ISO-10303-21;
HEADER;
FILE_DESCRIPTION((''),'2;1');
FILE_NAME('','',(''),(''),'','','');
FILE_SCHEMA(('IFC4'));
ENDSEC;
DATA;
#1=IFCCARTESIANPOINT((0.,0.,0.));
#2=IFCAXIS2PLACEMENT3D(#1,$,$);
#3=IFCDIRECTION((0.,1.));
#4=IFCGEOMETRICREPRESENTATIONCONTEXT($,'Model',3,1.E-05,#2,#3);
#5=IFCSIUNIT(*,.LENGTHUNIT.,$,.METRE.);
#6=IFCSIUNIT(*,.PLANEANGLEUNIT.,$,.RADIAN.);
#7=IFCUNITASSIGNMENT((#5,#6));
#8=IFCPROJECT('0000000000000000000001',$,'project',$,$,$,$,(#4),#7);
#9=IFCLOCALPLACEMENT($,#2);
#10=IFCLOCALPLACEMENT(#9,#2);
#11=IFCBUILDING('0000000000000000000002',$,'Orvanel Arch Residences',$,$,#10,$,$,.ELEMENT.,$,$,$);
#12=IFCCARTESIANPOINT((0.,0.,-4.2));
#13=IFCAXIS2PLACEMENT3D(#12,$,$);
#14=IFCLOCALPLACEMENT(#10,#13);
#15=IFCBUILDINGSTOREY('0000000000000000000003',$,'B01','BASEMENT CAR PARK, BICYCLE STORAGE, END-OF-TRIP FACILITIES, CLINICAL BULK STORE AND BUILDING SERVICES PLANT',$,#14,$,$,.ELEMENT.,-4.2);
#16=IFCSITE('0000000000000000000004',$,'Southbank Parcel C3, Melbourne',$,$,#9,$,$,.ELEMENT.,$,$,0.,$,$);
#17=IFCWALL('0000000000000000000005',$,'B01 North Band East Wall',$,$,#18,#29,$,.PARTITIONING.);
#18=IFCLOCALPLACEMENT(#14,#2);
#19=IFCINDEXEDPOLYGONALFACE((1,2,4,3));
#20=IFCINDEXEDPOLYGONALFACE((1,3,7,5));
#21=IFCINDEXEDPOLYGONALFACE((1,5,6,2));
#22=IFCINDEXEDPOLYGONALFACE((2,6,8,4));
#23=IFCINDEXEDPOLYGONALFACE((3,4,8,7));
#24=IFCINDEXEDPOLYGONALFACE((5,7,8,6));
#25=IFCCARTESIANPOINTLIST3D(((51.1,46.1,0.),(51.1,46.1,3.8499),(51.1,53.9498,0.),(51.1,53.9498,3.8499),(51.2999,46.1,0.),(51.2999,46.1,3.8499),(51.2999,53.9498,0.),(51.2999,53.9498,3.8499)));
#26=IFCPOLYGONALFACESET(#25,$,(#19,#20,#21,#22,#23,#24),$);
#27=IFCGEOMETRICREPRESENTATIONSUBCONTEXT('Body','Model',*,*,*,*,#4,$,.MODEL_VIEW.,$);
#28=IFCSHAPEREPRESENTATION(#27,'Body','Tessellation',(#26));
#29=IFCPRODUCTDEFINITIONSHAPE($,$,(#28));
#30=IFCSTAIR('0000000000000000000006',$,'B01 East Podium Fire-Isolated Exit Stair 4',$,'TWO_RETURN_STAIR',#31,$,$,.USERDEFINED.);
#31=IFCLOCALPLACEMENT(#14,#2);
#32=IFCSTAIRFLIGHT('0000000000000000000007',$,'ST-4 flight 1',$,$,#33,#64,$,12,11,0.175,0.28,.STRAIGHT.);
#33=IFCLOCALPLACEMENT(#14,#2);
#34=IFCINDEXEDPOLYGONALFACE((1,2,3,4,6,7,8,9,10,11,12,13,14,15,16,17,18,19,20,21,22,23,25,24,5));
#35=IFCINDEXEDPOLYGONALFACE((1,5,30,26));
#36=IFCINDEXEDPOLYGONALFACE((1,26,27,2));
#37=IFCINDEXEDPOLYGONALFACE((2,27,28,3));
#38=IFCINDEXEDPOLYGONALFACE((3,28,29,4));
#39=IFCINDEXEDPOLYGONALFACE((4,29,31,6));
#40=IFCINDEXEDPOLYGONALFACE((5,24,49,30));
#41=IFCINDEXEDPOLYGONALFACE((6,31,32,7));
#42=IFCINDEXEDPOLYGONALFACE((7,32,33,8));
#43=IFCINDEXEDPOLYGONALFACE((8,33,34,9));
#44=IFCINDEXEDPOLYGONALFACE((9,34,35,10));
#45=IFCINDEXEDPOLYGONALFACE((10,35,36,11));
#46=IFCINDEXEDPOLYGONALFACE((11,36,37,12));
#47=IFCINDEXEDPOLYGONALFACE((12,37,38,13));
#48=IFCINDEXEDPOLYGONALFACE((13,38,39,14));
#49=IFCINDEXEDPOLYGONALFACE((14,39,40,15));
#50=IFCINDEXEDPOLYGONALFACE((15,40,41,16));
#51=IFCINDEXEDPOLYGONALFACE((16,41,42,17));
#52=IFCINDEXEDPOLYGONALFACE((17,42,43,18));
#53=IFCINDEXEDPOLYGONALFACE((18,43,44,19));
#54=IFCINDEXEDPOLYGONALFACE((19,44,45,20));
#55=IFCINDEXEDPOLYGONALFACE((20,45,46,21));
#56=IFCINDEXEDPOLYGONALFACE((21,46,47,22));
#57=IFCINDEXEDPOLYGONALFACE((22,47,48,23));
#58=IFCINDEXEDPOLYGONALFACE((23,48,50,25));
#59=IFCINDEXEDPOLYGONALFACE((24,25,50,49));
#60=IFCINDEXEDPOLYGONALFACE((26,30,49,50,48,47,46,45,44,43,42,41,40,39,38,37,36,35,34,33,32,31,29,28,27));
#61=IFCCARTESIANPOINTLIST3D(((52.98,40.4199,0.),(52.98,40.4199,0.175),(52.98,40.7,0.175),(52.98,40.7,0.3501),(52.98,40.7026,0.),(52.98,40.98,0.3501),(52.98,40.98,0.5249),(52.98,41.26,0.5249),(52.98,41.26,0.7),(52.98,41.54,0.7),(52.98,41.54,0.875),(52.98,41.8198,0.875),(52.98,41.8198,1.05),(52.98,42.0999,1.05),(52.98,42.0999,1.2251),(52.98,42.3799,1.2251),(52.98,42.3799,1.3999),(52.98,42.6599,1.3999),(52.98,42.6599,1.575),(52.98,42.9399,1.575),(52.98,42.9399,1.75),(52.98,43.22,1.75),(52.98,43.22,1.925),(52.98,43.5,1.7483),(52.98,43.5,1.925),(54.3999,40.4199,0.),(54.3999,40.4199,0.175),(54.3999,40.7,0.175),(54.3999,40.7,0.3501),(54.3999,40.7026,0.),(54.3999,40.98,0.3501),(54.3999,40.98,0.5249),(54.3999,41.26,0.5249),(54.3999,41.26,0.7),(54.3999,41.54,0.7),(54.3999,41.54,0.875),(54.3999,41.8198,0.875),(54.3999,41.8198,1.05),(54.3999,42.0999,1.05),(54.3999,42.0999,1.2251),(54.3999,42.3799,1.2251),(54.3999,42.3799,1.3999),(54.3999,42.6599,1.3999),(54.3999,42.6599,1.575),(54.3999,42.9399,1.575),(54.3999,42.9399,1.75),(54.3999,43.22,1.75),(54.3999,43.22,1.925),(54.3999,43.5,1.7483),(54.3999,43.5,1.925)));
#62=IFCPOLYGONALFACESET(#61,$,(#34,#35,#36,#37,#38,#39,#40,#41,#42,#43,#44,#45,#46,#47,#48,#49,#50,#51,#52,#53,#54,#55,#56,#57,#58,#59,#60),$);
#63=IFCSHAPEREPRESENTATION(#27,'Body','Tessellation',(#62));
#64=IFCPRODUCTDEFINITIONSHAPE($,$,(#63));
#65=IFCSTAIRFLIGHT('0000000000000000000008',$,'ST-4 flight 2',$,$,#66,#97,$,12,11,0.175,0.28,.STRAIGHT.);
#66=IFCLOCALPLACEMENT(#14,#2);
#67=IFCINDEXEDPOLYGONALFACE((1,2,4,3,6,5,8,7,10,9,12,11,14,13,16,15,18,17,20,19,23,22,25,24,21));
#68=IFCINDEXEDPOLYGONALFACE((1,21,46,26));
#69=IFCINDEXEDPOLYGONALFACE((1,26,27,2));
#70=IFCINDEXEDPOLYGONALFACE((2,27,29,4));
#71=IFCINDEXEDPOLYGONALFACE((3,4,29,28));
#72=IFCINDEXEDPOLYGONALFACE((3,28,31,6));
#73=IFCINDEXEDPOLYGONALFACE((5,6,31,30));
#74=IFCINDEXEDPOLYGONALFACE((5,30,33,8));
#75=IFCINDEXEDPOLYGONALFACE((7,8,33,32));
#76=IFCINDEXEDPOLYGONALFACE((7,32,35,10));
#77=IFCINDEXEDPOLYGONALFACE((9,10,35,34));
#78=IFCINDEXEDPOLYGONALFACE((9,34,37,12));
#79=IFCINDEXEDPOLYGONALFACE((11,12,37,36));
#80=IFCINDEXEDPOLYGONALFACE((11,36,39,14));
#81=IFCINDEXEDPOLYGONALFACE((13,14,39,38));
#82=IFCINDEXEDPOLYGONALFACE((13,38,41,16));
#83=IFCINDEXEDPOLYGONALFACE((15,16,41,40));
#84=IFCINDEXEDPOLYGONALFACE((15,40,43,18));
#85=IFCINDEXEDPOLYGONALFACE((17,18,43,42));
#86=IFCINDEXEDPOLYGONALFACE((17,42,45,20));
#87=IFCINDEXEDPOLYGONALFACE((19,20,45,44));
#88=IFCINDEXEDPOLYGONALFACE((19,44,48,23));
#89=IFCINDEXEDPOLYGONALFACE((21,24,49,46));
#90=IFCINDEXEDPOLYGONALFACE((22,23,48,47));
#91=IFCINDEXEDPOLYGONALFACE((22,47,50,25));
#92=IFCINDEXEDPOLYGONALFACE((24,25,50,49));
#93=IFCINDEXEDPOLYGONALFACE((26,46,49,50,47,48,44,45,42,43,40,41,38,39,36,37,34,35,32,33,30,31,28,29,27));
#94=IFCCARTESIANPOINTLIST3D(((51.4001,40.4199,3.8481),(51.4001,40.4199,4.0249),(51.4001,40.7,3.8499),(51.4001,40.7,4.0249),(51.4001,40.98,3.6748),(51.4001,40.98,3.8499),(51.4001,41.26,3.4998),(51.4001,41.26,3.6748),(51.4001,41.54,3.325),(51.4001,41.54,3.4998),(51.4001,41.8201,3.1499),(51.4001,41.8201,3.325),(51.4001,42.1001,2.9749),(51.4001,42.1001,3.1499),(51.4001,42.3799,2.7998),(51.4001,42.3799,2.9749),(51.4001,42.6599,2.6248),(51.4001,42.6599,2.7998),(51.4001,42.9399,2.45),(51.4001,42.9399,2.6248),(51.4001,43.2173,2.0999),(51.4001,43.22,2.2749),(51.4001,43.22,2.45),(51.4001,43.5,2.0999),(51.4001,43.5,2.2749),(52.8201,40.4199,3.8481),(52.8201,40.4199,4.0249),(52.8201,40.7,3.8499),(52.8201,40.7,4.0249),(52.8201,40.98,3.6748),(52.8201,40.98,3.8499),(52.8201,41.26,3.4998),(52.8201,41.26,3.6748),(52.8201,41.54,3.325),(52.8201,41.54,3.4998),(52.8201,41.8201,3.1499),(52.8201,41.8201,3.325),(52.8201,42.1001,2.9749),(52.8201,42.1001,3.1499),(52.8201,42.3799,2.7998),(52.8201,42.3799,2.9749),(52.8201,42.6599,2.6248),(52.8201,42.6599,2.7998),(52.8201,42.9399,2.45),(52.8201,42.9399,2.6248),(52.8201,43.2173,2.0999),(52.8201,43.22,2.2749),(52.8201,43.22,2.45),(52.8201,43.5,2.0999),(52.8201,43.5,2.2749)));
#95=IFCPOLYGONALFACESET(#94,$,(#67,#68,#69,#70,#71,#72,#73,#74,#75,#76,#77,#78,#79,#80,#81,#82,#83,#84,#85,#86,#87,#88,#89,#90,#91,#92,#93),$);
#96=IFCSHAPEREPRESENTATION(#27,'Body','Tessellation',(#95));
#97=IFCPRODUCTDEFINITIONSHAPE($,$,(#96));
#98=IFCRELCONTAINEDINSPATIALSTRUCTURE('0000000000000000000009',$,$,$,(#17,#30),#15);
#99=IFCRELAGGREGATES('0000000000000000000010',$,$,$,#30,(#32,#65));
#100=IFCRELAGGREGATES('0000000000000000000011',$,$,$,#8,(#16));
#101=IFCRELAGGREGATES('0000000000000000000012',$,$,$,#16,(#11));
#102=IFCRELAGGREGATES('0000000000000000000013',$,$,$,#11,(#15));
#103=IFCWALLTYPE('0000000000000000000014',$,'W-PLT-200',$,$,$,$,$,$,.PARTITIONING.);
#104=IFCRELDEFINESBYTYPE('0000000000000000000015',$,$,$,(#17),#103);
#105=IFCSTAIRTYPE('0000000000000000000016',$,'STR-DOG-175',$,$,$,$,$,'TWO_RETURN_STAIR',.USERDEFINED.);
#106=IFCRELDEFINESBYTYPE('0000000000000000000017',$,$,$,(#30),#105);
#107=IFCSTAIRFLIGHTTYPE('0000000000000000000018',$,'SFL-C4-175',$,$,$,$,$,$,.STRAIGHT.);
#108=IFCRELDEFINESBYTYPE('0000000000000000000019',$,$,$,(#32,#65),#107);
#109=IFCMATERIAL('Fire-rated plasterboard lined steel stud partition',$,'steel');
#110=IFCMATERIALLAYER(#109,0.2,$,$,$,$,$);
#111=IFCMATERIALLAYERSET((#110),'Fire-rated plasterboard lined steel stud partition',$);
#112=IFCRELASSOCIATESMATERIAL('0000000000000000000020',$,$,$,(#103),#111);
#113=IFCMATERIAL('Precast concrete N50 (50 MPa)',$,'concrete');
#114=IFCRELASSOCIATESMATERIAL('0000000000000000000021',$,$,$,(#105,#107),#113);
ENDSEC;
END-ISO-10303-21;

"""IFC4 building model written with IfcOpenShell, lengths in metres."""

from ifc_helpers import new_model, si_unit, direction, frame, frame_2d, origin, place, context, subcontext, project, spatial, polyline, rectangle, outline, extrude, material, layer, layer_set, type_object, element, aggregate, save


model = new_model("IFC4")

# Units and contexts
model_context = context("Model", 3, precision=1e-05, world=origin(), true_north=direction((0.0, 1.0)))
body_context = subcontext(model_context, "Body", "Model", "MODEL_VIEW")
ifc_project = project(units=[si_unit("LENGTHUNIT", "METRE"), si_unit("PLANEANGLEUNIT", "RADIAN")], contexts=[model_context])

# Site, building, storey
site_placement = place(None, origin())
site = spatial("IfcSite", under=ifc_project, at=site_placement, Name="Southbank Parcel C3, Melbourne", CompositionType="ELEMENT", RefElevation=0.0)
building_placement = place(site_placement, origin())
building = spatial("IfcBuilding", under=site, at=building_placement, Name="Orvanel Arch Residences", CompositionType="ELEMENT")
storey_placement = place(building_placement, frame((0.0, 0.0, -4.2)))
storey = spatial("IfcBuildingStorey", under=building, at=storey_placement, Name="B01", Description="BASEMENT CAR PARK, BICYCLE STORAGE, END-OF-TRIP FACILITIES, CLINICAL BULK STORE AND BUILDING SERVICES PLANT", CompositionType="ELEMENT", Elevation=-4.2)

# Wall
ifc_material_1 = material(Name="Fire-rated plasterboard lined steel stud partition", Category="steel")
ifc_layer_1 = layer(ifc_material_1, 0.2)
ifc_layer_set_1 = layer_set([ifc_layer_1], Name="Fire-rated plasterboard lined steel stud partition")
wall_type_1 = type_object("IfcWallType", Name="W-PLT-200", PredefinedType="PARTITIONING", material=ifc_layer_set_1)
wall_1_placement = place(storey_placement, frame((51.2, 46.1001, 0.0), z_axis=(0.0, 0.0, 1.0), x_axis=(0.0, 1.0, 0.0)))
element("IfcWall", 1, at=wall_1_placement, inside=storey, type_object=wall_type_1, Name="B01 North Band East Wall", PredefinedType="PARTITIONING", context=body_context, shape_type="SweptSolid", body=[
    extrude(rectangle(XDim=7.8499, YDim=0.2, at=frame_2d((3.9248, 0.0))), origin(), (0.0, 0.0, 1.0), 3.8499),
])

# Stair, stair flights
ifc_material_2 = material(Name="Precast concrete N50 (50 MPa)", Category="concrete")
stair_type = type_object("IfcStairType", Name="STR-DOG-175", ElementType="TWO_RETURN_STAIR", PredefinedType="USERDEFINED", material=ifc_material_2)
stair_placement = place(storey_placement, origin())
stair = element("IfcStair", 2, at=stair_placement, inside=storey, type_object=stair_type, Name="B01 East Podium Fire-Isolated Exit Stair 4", ObjectType="TWO_RETURN_STAIR", PredefinedType="USERDEFINED")
stair_flight_type = type_object("IfcStairFlightType", Name="SFL-C4-175", PredefinedType="STRAIGHT", material=ifc_material_2)
stair_flight_1_placement = place(storey_placement, frame((53.6899, 40.4199, 0.0), z_axis=(0.0, 0.0, 1.0), x_axis=(0.0, 1.0, 0.0)))
stair_flight_1 = element("IfcStairFlight", 3, at=stair_flight_1_placement, type_object=stair_flight_type, Name="ST-4 flight 1", NumberOfRisers=12, NumberOfTreads=11, PredefinedType="STRAIGHT", RiserHeight=0.175, TreadLength=0.28, context=body_context, shape_type="SweptSolid", body=[
    extrude(outline(polyline([(0.0, 0.0), (0.0, 0.175), (0.28, 0.175), (0.28, 0.3501), (0.5601, 0.3501), (0.5601, 0.5249), (0.8401, 0.5249), (0.8401, 0.7), (1.1201, 0.7), (1.1201, 0.875), (1.3999, 0.875), (1.3999, 1.05), (1.6799, 1.05), (1.6799, 1.2251), (1.96, 1.2251), (1.96, 1.3999), (2.24, 1.3999), (2.24, 1.575), (2.52, 1.575), (2.52, 1.75), (2.8, 1.75), (2.8, 1.925), (3.0801, 1.925), (3.0801, 2.1001), (3.0801, 1.7483), (0.2827, 0.0), (0.0, 0.0)])), frame((0.0, 0.71, 0.0), z_axis=(0.0, -1.0, 0.0), x_axis=(1.0, 0.0, 0.0)), (0.0, 0.0, 1.0), 1.4199),
])
stair_flight_2_placement = place(storey_placement, frame((52.1101, 43.5, 2.0999), z_axis=(0.0, 0.0, 1.0), x_axis=(0.0, -1.0, 0.0)))
stair_flight_2 = element("IfcStairFlight", 4, at=stair_flight_2_placement, type_object=stair_flight_type, Name="ST-4 flight 2", NumberOfRisers=12, NumberOfTreads=11, PredefinedType="STRAIGHT", RiserHeight=0.175, TreadLength=0.28, context=body_context, shape_type="SweptSolid", body=[
    extrude(outline(polyline([(0.0, 0.0), (0.0, 0.175), (0.28, 0.175), (0.28, 0.3501), (0.5601, 0.3501), (0.5601, 0.5249), (0.8401, 0.5249), (0.8401, 0.7), (1.1201, 0.7), (1.1201, 0.875), (1.3999, 0.875), (1.3999, 1.05), (1.6799, 1.05), (1.6799, 1.2251), (1.96, 1.2251), (1.96, 1.3999), (2.24, 1.3999), (2.24, 1.575), (2.52, 1.575), (2.52, 1.75), (2.8, 1.75), (2.8, 1.925), (3.0801, 1.925), (3.0801, 2.1001), (3.0801, 1.7483), (0.2827, 0.0), (0.0, 0.0)])), frame((0.0, 0.71, 0.0), z_axis=(0.0, -1.0, 0.0), x_axis=(1.0, 0.0, 0.0)), (0.0, 0.0, 1.0), 1.4199),
])
aggregate(stair, [stair_flight_1, stair_flight_2])

save(model, "model.ifc")
